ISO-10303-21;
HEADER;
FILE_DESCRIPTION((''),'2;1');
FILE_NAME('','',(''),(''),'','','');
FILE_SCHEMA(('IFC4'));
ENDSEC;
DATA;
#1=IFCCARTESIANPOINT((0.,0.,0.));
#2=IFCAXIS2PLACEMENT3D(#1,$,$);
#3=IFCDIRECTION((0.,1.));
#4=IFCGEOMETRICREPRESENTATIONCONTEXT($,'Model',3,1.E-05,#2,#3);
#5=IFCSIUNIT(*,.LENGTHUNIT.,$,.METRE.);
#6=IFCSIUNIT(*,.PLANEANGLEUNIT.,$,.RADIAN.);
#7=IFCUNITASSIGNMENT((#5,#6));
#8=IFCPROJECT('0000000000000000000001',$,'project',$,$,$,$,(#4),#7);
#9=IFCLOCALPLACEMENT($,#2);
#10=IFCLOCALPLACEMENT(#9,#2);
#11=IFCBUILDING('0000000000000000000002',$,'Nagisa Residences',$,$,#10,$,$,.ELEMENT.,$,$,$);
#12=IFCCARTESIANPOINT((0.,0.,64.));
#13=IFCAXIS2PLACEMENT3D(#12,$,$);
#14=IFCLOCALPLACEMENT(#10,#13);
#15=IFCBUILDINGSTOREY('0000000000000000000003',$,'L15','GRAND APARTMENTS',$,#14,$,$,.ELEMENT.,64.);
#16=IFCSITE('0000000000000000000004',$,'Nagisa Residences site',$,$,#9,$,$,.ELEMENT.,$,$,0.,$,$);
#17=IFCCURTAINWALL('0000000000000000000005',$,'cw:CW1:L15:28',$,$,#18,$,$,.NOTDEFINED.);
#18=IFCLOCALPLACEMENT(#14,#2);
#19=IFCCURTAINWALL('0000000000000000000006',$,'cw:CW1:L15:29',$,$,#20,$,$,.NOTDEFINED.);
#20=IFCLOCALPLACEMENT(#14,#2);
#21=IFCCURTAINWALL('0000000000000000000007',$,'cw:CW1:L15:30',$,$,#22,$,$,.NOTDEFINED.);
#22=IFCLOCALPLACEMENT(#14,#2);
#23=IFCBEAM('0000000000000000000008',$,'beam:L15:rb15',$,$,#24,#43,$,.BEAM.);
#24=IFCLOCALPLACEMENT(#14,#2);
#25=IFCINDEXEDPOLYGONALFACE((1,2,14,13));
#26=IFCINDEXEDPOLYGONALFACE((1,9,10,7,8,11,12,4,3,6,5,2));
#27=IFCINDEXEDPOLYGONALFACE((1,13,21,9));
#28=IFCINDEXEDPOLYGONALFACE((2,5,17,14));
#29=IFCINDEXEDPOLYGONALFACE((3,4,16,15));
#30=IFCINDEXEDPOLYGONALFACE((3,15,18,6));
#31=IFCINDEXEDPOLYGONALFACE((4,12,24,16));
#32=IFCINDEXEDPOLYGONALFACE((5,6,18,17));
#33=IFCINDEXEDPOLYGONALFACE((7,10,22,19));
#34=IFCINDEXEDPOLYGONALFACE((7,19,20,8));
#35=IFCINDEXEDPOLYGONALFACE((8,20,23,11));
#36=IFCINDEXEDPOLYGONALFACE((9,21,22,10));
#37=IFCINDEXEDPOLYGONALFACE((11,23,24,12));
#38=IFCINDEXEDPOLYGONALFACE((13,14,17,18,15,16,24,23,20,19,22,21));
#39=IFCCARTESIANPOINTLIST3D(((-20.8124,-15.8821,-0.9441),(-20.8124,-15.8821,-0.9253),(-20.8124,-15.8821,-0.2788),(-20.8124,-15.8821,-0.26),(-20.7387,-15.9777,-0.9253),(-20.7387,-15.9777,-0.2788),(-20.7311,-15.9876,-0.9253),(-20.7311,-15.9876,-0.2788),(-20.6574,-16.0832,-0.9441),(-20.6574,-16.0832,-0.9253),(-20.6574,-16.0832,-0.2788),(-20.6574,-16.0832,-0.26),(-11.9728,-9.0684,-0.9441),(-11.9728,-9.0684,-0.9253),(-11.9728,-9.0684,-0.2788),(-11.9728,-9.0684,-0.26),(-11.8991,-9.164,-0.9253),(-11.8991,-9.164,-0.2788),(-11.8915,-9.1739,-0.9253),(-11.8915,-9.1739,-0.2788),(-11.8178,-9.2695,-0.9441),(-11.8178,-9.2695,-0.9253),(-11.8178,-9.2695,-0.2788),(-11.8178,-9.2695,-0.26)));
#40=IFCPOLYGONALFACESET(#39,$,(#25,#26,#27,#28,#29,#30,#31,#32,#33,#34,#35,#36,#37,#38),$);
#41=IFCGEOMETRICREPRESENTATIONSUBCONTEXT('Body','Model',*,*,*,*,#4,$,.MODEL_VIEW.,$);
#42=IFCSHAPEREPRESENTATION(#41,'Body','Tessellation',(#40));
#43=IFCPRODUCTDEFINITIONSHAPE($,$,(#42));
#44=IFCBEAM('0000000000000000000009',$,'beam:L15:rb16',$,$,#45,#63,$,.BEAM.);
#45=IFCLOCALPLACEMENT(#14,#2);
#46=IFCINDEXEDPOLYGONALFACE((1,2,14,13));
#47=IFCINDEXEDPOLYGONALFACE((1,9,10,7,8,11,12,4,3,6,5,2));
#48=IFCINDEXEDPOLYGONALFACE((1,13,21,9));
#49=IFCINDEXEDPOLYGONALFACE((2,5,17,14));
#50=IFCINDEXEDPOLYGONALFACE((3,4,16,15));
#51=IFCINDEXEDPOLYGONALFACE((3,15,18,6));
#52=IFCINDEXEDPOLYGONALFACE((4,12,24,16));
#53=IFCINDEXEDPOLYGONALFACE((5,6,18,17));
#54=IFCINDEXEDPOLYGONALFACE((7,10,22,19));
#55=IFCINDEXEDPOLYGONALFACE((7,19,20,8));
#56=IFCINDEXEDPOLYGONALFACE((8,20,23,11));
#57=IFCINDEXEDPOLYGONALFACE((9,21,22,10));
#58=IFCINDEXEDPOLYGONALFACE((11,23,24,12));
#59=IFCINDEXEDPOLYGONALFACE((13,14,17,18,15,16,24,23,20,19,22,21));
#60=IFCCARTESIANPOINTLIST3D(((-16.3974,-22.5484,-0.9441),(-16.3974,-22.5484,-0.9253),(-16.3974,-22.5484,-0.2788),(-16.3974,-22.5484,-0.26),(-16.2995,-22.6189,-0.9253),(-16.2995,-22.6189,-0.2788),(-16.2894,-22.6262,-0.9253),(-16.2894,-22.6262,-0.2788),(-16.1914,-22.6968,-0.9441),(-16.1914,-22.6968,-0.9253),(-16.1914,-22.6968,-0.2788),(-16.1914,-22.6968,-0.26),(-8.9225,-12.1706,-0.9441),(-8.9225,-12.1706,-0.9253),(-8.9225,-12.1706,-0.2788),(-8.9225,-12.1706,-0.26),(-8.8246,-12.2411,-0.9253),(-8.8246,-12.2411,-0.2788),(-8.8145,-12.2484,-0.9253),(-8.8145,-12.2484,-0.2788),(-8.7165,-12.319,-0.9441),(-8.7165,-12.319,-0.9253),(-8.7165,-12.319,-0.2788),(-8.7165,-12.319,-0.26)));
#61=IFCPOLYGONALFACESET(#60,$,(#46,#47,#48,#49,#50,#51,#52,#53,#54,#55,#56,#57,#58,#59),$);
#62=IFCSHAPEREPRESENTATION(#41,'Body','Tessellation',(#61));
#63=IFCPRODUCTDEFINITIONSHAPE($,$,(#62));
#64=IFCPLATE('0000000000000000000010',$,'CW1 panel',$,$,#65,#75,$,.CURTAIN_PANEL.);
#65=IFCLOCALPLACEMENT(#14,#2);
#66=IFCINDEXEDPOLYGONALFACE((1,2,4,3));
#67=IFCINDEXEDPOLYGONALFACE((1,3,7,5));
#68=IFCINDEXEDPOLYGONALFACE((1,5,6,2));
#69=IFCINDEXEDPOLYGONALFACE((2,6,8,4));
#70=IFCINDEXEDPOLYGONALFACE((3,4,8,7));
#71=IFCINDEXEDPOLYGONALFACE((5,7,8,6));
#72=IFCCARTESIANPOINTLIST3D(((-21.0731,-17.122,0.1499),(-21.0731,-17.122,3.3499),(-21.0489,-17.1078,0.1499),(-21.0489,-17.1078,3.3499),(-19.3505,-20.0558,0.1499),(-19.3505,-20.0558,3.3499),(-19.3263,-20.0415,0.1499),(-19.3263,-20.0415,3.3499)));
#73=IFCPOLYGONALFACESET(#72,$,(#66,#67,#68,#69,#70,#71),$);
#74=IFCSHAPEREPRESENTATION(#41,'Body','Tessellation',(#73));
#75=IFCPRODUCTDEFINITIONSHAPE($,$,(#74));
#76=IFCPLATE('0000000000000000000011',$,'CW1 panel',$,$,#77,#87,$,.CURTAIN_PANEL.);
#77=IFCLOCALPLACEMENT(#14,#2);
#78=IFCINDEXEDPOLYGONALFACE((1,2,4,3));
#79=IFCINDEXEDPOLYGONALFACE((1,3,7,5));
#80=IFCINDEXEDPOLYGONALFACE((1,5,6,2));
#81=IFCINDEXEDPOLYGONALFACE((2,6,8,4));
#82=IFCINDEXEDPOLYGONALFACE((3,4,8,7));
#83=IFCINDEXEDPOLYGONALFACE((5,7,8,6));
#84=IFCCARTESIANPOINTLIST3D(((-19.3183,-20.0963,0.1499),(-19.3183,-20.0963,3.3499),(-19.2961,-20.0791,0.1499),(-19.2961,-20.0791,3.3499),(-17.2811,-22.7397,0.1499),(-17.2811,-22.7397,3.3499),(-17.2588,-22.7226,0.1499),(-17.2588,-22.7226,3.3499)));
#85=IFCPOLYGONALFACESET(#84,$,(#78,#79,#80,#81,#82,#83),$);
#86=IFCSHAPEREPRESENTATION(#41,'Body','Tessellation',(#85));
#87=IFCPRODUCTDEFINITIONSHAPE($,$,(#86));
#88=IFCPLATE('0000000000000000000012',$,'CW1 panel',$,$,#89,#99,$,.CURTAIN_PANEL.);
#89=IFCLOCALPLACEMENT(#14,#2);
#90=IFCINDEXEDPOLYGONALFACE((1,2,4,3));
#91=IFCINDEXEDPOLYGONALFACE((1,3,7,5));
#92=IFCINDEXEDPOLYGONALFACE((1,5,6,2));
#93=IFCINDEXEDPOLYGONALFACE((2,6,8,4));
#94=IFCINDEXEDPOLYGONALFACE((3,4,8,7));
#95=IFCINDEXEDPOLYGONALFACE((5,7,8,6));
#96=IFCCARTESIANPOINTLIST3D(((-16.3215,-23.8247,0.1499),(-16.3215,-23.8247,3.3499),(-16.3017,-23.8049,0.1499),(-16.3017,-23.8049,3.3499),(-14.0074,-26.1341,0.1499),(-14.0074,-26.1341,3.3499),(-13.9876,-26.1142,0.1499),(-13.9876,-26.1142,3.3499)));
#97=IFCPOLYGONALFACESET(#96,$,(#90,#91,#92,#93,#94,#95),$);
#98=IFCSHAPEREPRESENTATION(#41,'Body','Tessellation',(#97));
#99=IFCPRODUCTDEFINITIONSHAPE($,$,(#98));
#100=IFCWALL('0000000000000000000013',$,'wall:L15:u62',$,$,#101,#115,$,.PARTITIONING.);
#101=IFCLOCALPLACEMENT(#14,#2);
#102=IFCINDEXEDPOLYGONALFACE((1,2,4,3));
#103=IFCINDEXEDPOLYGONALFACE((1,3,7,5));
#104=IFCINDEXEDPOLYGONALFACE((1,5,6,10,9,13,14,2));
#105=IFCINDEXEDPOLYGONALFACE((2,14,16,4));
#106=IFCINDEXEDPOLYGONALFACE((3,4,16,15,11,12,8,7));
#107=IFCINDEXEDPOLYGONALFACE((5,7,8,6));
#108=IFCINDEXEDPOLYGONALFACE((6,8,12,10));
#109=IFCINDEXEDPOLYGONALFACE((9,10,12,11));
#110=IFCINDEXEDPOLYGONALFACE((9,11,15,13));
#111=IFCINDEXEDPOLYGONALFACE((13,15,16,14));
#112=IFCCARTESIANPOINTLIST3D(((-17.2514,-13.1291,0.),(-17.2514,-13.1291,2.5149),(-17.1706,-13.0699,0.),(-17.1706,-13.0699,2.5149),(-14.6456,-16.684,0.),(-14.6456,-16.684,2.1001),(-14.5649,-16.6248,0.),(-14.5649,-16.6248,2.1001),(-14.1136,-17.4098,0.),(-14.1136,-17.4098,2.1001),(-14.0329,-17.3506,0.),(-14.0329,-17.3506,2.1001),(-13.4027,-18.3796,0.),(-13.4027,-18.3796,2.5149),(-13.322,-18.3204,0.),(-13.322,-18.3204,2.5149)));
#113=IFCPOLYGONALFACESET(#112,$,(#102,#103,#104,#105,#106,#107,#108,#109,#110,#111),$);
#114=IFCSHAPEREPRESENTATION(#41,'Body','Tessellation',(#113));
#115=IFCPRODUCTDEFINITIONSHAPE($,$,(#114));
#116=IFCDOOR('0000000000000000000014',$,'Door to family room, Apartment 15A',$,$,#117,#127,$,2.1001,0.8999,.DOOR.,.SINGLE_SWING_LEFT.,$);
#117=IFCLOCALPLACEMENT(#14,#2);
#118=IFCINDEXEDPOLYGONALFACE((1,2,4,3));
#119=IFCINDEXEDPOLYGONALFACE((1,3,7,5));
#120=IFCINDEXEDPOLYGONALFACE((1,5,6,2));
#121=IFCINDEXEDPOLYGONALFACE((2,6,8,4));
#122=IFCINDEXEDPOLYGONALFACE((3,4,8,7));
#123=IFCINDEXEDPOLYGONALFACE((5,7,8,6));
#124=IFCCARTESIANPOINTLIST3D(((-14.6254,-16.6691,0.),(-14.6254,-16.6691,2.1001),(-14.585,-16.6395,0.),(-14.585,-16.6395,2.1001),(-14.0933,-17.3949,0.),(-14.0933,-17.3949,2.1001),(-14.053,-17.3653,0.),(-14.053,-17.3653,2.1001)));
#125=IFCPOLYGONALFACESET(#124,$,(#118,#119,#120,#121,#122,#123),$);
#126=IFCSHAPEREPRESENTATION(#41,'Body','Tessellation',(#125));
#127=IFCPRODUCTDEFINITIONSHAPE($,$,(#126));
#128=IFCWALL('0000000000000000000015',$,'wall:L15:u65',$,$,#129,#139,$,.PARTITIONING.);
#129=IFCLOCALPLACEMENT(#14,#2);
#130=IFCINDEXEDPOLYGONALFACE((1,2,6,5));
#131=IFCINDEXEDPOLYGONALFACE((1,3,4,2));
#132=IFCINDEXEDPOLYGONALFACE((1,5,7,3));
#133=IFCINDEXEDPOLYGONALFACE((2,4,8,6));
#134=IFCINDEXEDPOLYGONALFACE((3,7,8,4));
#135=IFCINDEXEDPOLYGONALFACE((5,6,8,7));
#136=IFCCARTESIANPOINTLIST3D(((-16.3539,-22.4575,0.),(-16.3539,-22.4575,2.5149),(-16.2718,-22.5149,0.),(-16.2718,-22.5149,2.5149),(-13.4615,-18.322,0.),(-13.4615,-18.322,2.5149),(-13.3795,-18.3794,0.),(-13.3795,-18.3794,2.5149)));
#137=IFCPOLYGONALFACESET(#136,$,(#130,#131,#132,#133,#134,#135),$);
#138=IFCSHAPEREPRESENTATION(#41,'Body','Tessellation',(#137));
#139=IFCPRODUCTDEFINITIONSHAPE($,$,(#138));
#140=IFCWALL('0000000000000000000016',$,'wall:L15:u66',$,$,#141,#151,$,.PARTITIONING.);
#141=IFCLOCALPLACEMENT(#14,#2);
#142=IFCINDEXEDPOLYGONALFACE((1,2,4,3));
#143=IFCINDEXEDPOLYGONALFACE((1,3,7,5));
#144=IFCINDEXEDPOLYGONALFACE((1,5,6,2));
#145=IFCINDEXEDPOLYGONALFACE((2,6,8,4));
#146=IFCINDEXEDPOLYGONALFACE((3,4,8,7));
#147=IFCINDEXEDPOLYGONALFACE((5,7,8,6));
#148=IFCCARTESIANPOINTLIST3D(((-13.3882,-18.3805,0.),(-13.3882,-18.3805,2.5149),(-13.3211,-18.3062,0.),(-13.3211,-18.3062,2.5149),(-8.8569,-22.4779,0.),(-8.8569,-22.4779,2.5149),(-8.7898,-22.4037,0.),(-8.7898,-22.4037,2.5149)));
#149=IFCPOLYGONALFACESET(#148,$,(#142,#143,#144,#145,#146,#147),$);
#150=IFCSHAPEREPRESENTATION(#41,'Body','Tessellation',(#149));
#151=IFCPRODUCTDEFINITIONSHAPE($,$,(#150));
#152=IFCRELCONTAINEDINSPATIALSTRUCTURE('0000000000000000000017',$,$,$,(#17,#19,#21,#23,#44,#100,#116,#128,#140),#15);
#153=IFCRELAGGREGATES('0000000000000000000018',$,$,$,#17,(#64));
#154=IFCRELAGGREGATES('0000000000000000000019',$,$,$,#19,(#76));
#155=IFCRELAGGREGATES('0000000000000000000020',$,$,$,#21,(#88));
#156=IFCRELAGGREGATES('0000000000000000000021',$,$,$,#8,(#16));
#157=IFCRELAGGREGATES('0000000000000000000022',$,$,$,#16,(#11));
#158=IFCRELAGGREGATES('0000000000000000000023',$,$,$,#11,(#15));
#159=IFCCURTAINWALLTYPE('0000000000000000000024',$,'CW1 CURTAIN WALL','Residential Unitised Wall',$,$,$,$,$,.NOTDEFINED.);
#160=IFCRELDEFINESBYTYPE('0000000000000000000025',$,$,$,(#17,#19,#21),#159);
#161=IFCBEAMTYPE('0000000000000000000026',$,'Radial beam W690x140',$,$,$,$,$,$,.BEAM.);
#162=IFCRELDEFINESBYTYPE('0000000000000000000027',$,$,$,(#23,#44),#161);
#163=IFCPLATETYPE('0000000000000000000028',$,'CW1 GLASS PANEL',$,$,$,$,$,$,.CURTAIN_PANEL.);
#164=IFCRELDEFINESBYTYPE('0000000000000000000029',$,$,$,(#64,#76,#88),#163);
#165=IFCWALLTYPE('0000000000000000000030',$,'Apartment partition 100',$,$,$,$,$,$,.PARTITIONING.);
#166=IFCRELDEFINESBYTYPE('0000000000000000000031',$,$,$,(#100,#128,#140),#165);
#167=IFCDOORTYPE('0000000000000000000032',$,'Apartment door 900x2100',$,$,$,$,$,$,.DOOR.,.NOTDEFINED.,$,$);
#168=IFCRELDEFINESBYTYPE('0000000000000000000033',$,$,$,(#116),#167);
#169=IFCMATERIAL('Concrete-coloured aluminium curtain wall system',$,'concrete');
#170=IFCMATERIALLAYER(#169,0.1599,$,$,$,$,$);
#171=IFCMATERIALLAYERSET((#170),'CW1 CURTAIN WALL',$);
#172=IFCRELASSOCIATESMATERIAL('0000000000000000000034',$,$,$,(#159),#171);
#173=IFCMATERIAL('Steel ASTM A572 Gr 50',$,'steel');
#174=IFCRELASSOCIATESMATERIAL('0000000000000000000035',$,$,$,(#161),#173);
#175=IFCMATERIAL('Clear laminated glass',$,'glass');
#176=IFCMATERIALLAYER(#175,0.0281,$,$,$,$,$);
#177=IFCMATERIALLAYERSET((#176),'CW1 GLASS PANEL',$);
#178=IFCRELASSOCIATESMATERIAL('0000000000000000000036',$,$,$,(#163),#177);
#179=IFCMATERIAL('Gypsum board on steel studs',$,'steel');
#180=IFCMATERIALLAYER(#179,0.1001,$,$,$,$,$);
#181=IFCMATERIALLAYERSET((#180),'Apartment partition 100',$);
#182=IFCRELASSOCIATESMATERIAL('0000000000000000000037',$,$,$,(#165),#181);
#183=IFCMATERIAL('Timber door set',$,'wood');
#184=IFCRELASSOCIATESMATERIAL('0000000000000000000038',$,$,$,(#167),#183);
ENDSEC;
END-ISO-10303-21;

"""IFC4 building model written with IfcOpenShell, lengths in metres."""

from ifc_helpers import new_model, si_unit, direction, frame, frame_2d, origin, origin_2d, place, context, subcontext, project, spatial, rectangle, i_section, extrude, material, layer, layer_set, material_profile, profile_set, type_object, element, fill, aggregate, save


model = new_model("IFC4")

# Units and contexts
model_context = context("Model", 3, precision=1e-05, world=origin(), true_north=direction((0.0, 1.0)))
body_context = subcontext(model_context, "Body", "Model", "MODEL_VIEW")
ifc_project = project(units=[si_unit("LENGTHUNIT", "METRE"), si_unit("PLANEANGLEUNIT", "RADIAN")], contexts=[model_context])

# Site, building, storey
site_placement = place(None, origin())
site = spatial("IfcSite", under=ifc_project, at=site_placement, Name="Nagisa Residences site", CompositionType="ELEMENT", RefElevation=0.0)
building_placement = place(site_placement, origin())
building = spatial("IfcBuilding", under=site, at=building_placement, Name="Nagisa Residences", CompositionType="ELEMENT")
storey_placement = place(building_placement, frame((0.0, 0.0, 64.0)))
storey = spatial("IfcBuildingStorey", under=building, at=storey_placement, Name="L15", Description="GRAND APARTMENTS", CompositionType="ELEMENT", Elevation=64.0)

# Curtain walls
ifc_material_1 = material(Name="Concrete-coloured aluminium curtain wall system", Category="concrete")
ifc_layer_1 = layer(ifc_material_1, 0.1599)
ifc_layer_set_1 = layer_set([ifc_layer_1], Name="CW1 CURTAIN WALL")
curtain_wall_type = type_object("IfcCurtainWallType", Name="CW1 CURTAIN WALL", Description="Residential Unitised Wall", PredefinedType="NOTDEFINED", material=ifc_layer_set_1)
curtain_wall_1_placement = place(storey_placement, origin())
curtain_wall_1 = element("IfcCurtainWall", 1, at=curtain_wall_1_placement, inside=storey, type_object=curtain_wall_type, Name="cw:CW1:L15:28", PredefinedType="NOTDEFINED")
curtain_wall_2_placement = place(storey_placement, origin())
curtain_wall_2 = element("IfcCurtainWall", 2, at=curtain_wall_2_placement, inside=storey, type_object=curtain_wall_type, Name="cw:CW1:L15:29", PredefinedType="NOTDEFINED")
curtain_wall_3_placement = place(storey_placement, origin())
curtain_wall_3 = element("IfcCurtainWall", 3, at=curtain_wall_3_placement, inside=storey, type_object=curtain_wall_type, Name="cw:CW1:L15:30", PredefinedType="NOTDEFINED")

# Beams
ifc_material_2 = material(Name="Steel ASTM A572 Gr 50", Category="steel")
ifc_material_profile_1 = material_profile(ifc_material_2, i_section(OverallWidth=0.2539, OverallDepth=0.6841, WebThickness=0.0125, FlangeThickness=0.0188, at=origin_2d()), Name="W690x140")
ifc_profile_set_1 = profile_set([ifc_material_profile_1], Name="Steel ASTM A572 Gr 50")
beam_type_1 = type_object("IfcBeamType", Name="Radial beam W690x140", PredefinedType="BEAM", material=ifc_profile_set_1)
beam_1_placement = place(storey_placement, frame((-20.7349, -15.9827, -0.6021), z_axis=(0.792016, 0.6105, 0.0), x_axis=(-0.6105, 0.792016, 0.0)))
element("IfcBeam", 4, at=beam_1_placement, inside=storey, type_object=beam_type_1, Name="beam:L15:rb15", PredefinedType="BEAM", context=body_context, shape_type="SweptSolid", body=[
    extrude(i_section(OverallWidth=0.2539, OverallDepth=0.6841, WebThickness=0.0125, FlangeThickness=0.0188, at=origin_2d()), origin(), (0.0, 0.0, 1.0), 11.1609),
])
beam_2_placement = place(storey_placement, frame((-16.2944, -22.6226, -0.6021), z_axis=(0.584455, 0.811426, 0.0), x_axis=(-0.811426, 0.584455, 0.0)))
element("IfcBeam", 5, at=beam_2_placement, inside=storey, type_object=beam_type_1, Name="beam:L15:rb16", PredefinedType="BEAM", context=body_context, shape_type="SweptSolid", body=[
    extrude(i_section(OverallWidth=0.2539, OverallDepth=0.6841, WebThickness=0.0125, FlangeThickness=0.0188, at=origin_2d()), origin(), (0.0, 0.0, 1.0), 12.7896),
])

# Plates
ifc_material_3 = material(Name="Clear laminated glass", Category="glass")
ifc_layer_2 = layer(ifc_material_3, 0.0281)
ifc_layer_set_2 = layer_set([ifc_layer_2], Name="CW1 GLASS PANEL")
plate_type = type_object("IfcPlateType", Name="CW1 GLASS PANEL", PredefinedType="CURTAIN_PANEL", material=ifc_layer_set_2)
plate_1_placement = place(storey_placement, frame((-20.1997, -18.5818, 0.1499), z_axis=(0.0, 0.0, 1.0), x_axis=(0.506349, -0.862329, 0.0)))
plate_1 = element("IfcPlate", 6, at=plate_1_placement, type_object=plate_type, Name="CW1 panel", PredefinedType="CURTAIN_PANEL", context=body_context, shape_type="SweptSolid", body=[
    extrude(rectangle(XDim=3.4021, YDim=0.0281, at=origin_2d()), origin(), (0.0, 0.0, 1.0), 3.2),
])
aggregate(curtain_wall_1, [plate_1])
plate_2_placement = place(storey_placement, frame((-18.2886, -21.4094, 0.1499), z_axis=(0.0, 0.0, 1.0), x_axis=(0.61043, -0.79207, 0.0)))
plate_2 = element("IfcPlate", 7, at=plate_2_placement, type_object=plate_type, Name="CW1 panel", PredefinedType="CURTAIN_PANEL", context=body_context, shape_type="SweptSolid", body=[
    extrude(rectangle(XDim=3.3374, YDim=0.0281, at=origin_2d()), origin(), (0.0, 0.0, 1.0), 3.2),
])
aggregate(curtain_wall_2, [plate_2])
plate_3_placement = place(storey_placement, frame((-15.1545, -24.9695, 0.1499), z_axis=(0.0, 0.0, 1.0), x_axis=(0.707836, -0.706377, 0.0)))
plate_3 = element("IfcPlate", 8, at=plate_3_placement, type_object=plate_type, Name="CW1 panel", PredefinedType="CURTAIN_PANEL", context=body_context, shape_type="SweptSolid", body=[
    extrude(rectangle(XDim=3.2693, YDim=0.0281, at=origin_2d()), origin(), (0.0, 0.0, 1.0), 3.2),
])
aggregate(curtain_wall_3, [plate_3])

# Wall, opening, door
ifc_material_4 = material(Name="Gypsum board on steel studs", Category="steel")
ifc_layer_3 = layer(ifc_material_4, 0.1001)
ifc_layer_set_3 = layer_set([ifc_layer_3], Name="Apartment partition 100")
wall_type_1 = type_object("IfcWallType", Name="Apartment partition 100", PredefinedType="PARTITIONING", material=ifc_layer_set_3)
wall_1_placement = place(storey_placement, frame((-17.2109, -13.0996, 0.0), z_axis=(0.0, 0.0, 1.0), x_axis=(0.591191, -0.806531, 0.0)))
wall_1 = element("IfcWall", 9, at=wall_1_placement, inside=storey, type_object=wall_type_1, Name="wall:L15:u62", PredefinedType="PARTITIONING", context=body_context, shape_type="SweptSolid", body=[
    extrude(rectangle(XDim=6.51, YDim=0.1001, at=frame_2d((3.2549, 0.0))), origin(), (0.0, 0.0, 1.0), 2.5149),
])
opening_1_placement = place(wall_1_placement, frame((4.4075, 0.0, 0.0)))
opening_1 = element("IfcOpeningElement", 10, at=opening_1_placement, cuts=wall_1, PredefinedType="OPENING", context=body_context, shape_type="SweptSolid", body=[
    extrude(rectangle(XDim=0.8999, YDim=2.1001, at=frame_2d((0.45, 1.05))), frame((0.0, 0.0601, 0.0), z_axis=(0.0, -1.0, 0.0), x_axis=(1.0, 0.0, 0.0)), (0.0, 0.0, 1.0), 0.1201),
])
ifc_material_5 = material(Name="Timber door set", Category="wood")
door_type_1 = type_object("IfcDoorType", Name="Apartment door 900x2100", OperationType="NOTDEFINED", PredefinedType="DOOR", material=ifc_material_5)
door_1_placement = place(opening_1_placement, frame((0.8999, 0.0, 0.0), x_axis=(-1.0, 0.0, 0.0)))
door_1 = element("IfcDoor", 11, at=door_1_placement, inside=storey, type_object=door_type_1, Name="Door to family room, Apartment 15A", OperationType="SINGLE_SWING_LEFT", OverallHeight=2.1001, OverallWidth=0.8999, PredefinedType="DOOR", context=body_context, shape_type="SweptSolid", body=[
    extrude(rectangle(XDim=0.8999, YDim=2.1001, at=frame_2d((0.45, 1.05))), frame((0.0, 0.0249, 0.0), z_axis=(0.0, -1.0, 0.0), x_axis=(1.0, 0.0, 0.0)), (0.0, 0.0, 1.0), 0.05),
])
fill(opening_1, door_1)

# Walls
wall_2_placement = place(storey_placement, frame((-13.4204, -18.3506, 0.0), z_axis=(0.0, 0.0, 1.0), x_axis=(-0.573128, -0.819466, 0.0)))
element("IfcWall", 12, at=wall_2_placement, inside=storey, type_object=wall_type_1, Name="wall:L15:u65", PredefinedType="PARTITIONING", context=body_context, shape_type="SweptSolid", body=[
    extrude(rectangle(XDim=5.0466, YDim=0.1001, at=frame_2d((2.5234, 0.0))), origin(), (0.0, 0.0, 1.0), 2.5149),
])
wall_3_placement = place(storey_placement, frame((-13.3547, -18.3433, 0.0), z_axis=(0.0, 0.0, 1.0), x_axis=(0.741722, -0.670707, 0.0)))
element("IfcWall", 13, at=wall_3_placement, inside=storey, type_object=wall_type_1, Name="wall:L15:u66", PredefinedType="PARTITIONING", context=body_context, shape_type="SweptSolid", body=[
    extrude(rectangle(XDim=6.1091, YDim=0.1001, at=frame_2d((3.0547, 0.0))), origin(), (0.0, 0.0, 1.0), 2.5149),
])

save(model, "model.ifc")
